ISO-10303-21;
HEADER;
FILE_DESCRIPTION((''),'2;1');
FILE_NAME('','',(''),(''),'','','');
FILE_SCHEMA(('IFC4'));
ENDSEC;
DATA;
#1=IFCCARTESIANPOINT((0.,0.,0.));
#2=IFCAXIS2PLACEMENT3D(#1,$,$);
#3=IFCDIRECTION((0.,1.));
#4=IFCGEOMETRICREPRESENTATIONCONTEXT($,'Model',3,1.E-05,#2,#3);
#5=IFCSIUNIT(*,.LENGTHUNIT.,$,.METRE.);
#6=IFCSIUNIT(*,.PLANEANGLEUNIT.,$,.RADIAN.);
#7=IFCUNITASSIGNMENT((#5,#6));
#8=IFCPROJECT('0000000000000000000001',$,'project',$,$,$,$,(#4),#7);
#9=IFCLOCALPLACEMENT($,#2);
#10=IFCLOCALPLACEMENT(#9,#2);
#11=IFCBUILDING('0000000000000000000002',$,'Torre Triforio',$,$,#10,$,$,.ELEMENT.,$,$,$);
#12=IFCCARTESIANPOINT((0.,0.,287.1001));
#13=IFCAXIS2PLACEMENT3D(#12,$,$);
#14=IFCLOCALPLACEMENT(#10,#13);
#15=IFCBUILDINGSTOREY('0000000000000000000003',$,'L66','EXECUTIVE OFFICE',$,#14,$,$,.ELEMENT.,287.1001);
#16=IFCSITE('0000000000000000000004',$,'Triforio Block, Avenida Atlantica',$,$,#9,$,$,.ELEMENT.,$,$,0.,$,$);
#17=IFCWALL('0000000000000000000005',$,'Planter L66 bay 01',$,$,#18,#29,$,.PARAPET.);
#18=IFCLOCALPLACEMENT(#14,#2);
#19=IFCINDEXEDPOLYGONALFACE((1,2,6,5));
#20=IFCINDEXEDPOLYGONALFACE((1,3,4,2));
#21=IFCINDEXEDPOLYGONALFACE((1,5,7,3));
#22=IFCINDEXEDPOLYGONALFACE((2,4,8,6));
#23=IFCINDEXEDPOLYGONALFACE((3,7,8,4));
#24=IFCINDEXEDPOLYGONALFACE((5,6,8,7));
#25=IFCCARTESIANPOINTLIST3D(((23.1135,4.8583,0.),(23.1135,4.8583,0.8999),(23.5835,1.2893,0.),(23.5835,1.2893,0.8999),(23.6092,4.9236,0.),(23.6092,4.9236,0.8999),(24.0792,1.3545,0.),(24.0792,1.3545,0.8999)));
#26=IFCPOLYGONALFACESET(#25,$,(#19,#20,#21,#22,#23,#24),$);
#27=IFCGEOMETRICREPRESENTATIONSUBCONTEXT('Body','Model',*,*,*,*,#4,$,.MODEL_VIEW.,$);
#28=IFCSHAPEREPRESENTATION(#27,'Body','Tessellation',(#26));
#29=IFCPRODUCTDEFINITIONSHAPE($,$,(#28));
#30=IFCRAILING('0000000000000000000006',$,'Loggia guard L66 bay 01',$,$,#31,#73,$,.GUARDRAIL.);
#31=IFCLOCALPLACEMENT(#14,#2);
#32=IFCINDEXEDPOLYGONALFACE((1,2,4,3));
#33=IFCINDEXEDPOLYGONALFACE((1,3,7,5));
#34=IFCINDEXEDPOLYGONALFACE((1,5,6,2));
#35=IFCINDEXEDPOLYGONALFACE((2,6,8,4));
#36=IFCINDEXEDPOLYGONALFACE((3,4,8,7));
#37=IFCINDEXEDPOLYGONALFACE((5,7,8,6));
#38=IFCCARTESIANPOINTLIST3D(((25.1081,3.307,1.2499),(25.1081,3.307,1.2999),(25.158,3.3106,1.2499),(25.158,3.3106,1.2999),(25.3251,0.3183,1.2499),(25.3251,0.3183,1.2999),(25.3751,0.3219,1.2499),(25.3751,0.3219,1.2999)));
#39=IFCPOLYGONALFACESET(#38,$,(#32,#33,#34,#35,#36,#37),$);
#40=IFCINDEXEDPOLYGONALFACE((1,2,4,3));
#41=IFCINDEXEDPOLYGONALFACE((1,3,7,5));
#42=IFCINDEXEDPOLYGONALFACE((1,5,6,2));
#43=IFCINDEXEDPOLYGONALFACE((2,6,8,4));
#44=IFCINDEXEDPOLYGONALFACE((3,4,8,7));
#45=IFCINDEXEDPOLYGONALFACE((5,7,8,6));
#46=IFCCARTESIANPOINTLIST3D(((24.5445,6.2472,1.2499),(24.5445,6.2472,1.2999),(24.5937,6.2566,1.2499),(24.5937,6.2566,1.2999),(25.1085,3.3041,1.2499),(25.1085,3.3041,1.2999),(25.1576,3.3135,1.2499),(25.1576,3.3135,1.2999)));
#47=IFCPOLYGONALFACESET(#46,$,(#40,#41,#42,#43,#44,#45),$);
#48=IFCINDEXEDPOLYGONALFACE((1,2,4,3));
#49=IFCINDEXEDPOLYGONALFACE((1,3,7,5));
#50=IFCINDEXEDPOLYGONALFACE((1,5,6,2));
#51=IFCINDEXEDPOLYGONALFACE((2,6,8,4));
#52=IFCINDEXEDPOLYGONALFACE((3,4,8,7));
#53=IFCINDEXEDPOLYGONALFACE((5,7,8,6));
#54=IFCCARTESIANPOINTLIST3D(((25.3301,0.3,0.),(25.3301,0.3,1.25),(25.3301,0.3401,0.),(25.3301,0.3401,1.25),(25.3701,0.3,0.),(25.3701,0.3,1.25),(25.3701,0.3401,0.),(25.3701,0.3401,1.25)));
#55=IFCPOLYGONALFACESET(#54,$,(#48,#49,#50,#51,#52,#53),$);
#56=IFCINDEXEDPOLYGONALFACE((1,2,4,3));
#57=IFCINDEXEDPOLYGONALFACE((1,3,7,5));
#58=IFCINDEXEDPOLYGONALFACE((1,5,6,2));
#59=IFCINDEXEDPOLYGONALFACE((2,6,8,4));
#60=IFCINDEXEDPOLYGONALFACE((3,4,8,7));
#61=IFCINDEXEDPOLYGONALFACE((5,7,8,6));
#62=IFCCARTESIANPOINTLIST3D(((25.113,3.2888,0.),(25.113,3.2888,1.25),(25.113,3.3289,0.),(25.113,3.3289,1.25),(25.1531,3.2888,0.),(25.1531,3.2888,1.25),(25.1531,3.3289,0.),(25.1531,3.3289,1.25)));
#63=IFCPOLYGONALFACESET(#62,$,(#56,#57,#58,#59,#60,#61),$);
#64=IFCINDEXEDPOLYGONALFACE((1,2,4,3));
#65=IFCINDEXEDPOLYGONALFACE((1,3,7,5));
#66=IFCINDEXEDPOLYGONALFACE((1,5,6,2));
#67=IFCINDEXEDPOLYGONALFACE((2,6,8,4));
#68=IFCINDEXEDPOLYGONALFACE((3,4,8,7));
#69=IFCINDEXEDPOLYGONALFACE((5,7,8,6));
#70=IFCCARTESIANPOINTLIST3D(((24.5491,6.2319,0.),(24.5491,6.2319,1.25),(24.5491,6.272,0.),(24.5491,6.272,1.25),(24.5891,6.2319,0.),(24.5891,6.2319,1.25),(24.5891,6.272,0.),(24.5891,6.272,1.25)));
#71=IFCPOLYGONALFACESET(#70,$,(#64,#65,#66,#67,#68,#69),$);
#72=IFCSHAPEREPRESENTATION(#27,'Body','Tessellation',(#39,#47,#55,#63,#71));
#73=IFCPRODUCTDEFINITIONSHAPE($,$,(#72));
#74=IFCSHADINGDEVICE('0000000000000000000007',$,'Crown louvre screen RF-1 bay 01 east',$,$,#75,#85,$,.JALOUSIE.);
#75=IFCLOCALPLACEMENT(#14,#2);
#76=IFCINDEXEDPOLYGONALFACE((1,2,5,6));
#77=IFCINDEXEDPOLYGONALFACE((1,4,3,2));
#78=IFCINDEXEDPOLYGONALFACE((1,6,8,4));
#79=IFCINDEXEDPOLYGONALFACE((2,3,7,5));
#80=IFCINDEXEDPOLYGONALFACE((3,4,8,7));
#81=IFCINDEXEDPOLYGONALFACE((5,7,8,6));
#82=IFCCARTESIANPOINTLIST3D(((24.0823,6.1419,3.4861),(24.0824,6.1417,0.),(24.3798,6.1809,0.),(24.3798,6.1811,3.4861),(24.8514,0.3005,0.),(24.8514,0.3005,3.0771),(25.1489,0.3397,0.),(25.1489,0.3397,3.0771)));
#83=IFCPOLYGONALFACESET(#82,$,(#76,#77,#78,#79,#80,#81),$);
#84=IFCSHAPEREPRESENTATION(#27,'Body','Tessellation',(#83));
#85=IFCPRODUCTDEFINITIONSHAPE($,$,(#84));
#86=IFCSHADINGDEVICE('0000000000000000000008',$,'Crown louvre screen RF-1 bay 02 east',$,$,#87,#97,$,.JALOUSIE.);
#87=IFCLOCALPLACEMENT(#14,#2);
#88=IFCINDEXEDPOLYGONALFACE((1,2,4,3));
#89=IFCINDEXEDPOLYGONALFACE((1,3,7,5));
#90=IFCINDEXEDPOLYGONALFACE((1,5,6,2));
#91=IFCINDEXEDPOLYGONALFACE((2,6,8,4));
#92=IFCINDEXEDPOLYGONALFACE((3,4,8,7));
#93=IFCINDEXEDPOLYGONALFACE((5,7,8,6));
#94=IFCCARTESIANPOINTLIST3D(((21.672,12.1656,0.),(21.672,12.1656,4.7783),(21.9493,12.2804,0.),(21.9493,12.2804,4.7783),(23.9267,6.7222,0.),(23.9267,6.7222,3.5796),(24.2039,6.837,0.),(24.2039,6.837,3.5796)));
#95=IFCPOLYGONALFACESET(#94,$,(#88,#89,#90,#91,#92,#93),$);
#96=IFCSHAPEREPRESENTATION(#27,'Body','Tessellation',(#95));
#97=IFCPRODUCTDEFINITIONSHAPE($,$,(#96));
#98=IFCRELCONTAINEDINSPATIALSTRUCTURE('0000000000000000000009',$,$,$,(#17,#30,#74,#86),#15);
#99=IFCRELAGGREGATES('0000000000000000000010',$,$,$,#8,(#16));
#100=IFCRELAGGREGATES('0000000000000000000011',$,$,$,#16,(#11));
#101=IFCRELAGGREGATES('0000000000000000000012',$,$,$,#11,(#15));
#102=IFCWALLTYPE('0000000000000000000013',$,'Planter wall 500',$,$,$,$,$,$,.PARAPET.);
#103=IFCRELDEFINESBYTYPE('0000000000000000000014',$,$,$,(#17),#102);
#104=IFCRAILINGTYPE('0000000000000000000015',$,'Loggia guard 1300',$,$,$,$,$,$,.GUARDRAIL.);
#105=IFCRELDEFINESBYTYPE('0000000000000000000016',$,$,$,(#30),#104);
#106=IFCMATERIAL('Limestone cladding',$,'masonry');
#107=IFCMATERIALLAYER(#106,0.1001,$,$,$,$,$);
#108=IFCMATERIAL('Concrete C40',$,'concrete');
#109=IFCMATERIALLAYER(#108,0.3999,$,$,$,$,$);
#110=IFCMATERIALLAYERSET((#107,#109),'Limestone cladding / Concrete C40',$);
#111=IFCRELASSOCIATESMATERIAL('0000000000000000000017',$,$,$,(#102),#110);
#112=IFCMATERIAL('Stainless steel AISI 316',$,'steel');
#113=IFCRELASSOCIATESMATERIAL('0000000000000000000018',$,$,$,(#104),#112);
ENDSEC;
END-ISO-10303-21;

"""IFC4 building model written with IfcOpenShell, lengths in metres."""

from ifc_helpers import new_model, si_unit, direction, frame, frame_2d, origin, origin_2d, place, context, subcontext, project, spatial, polyline, rectangle, outline, extrude, material, layer, layer_set, type_object, element, save


model = new_model("IFC4")

# Units and contexts
model_context = context("Model", 3, precision=1e-05, world=origin(), true_north=direction((0.0, 1.0)))
body_context = subcontext(model_context, "Body", "Model", "MODEL_VIEW")
ifc_project = project(units=[si_unit("LENGTHUNIT", "METRE"), si_unit("PLANEANGLEUNIT", "RADIAN")], contexts=[model_context])

# Site, building, storey
site_placement = place(None, origin())
site = spatial("IfcSite", under=ifc_project, at=site_placement, Name="Triforio Block, Avenida Atlantica", CompositionType="ELEMENT", RefElevation=0.0)
building_placement = place(site_placement, origin())
building = spatial("IfcBuilding", under=site, at=building_placement, Name="Torre Triforio", CompositionType="ELEMENT")
storey_placement = place(building_placement, frame((0.0, 0.0, 287.1001)))
storey = spatial("IfcBuildingStorey", under=building, at=storey_placement, Name="L66", Description="EXECUTIVE OFFICE", CompositionType="ELEMENT", Elevation=287.1001)

# Shared definitions
ifc_material_1 = material(Name="Concrete C40", Category="concrete")

# Wall
ifc_material_2 = material(Name="Limestone cladding", Category="masonry")
ifc_layer_1 = layer(ifc_material_2, 0.1001)
ifc_layer_2 = layer(ifc_material_1, 0.3999)
ifc_layer_set_1 = layer_set([ifc_layer_1, ifc_layer_2], Name="Limestone cladding / Concrete C40")
wall_type_1 = type_object("IfcWallType", Name="Planter wall 500", PredefinedType="PARAPET", material=ifc_layer_set_1)
wall_1_placement = place(storey_placement, frame((23.8313, 1.322, 0.0), z_axis=(0.0, 0.0, 1.0), x_axis=(-0.130551, 0.991442, 0.0)))
element("IfcWall", 1, at=wall_1_placement, inside=storey, type_object=wall_type_1, Name="Planter L66 bay 01", PredefinedType="PARAPET", context=body_context, shape_type="SweptSolid", body=[
    extrude(rectangle(XDim=3.5999, YDim=0.5, at=frame_2d((1.7998, 0.0))), origin(), (0.0, 0.0, 1.0), 0.8999),
])

# Railing
ifc_material_3 = material(Name="Stainless steel AISI 316", Category="steel")
railing_type = type_object("IfcRailingType", Name="Loggia guard 1300", PredefinedType="GUARDRAIL", material=ifc_material_3)
railing_placement = place(storey_placement, frame((25.3501, 0.3201, 0.0)))
element("IfcRailing", 2, at=railing_placement, inside=storey, type_object=railing_type, Name="Loggia guard L66 bay 01", PredefinedType="GUARDRAIL", context=body_context, shape_type="SweptSolid", body=[
    extrude(rectangle(XDim=0.05, YDim=0.05, at=origin_2d()), frame((0.0, 0.0, 1.2749), z_axis=(-0.072428, 0.997374, 0.0), x_axis=(-0.997374, -0.072428, 0.0)), (0.0, 0.0, 1.0), 2.9966),
    extrude(rectangle(XDim=0.05, YDim=0.05, at=origin_2d()), frame((-0.217, 2.9888, 1.2749), z_axis=(-0.188198, 0.982131, 0.0), x_axis=(-0.982131, -0.188198, 0.0)), (0.0, 0.0, 1.0), 2.9966),
    extrude(rectangle(XDim=0.04, YDim=0.04, at=origin_2d()), origin(), (0.0, 0.0, 1.0), 1.25),
    extrude(rectangle(XDim=0.04, YDim=0.04, at=origin_2d()), frame((-0.217, 2.9888, 0.0)), (0.0, 0.0, 1.0), 1.25),
    extrude(rectangle(XDim=0.04, YDim=0.04, at=origin_2d()), frame((-0.781, 5.9319, 0.0)), (0.0, 0.0, 1.0), 1.25),
])

# Shading devices
shading_device_1_placement = place(storey_placement, frame((25.0, 0.3201, 0.0), z_axis=(0.0, 0.0, 1.0), x_axis=(-0.13053, 0.991444, 0.0)))
element("IfcShadingDevice", 3, at=shading_device_1_placement, inside=storey, Name="Crown louvre screen RF-1 bay 01 east", PredefinedType="JALOUSIE", context=body_context, shape_type="SweptSolid", body=[
    extrude(outline(polyline([(0.0, 0.0), (5.8916, 0.0), (5.8918, 3.4861), (0.0, 3.0771), (0.0, 0.0)])), frame((0.0, 0.1499, 0.0), z_axis=(0.0, -1.0, 0.0), x_axis=(1.0, 0.0, 0.0)), (0.0, 0.0, 1.0), 0.3),
])
shading_device_2_placement = place(storey_placement, frame((24.0652, 6.7795, 0.0), z_axis=(0.0, 0.0, 1.0), x_axis=(-0.382673, 0.923884, 0.0)))
element("IfcShadingDevice", 4, at=shading_device_2_placement, inside=storey, Name="Crown louvre screen RF-1 bay 02 east", PredefinedType="JALOUSIE", context=body_context, shape_type="SweptSolid", body=[
    extrude(outline(polyline([(0.0, 0.0), (5.8918, 0.0), (5.8918, 4.7783), (0.0, 3.5796), (0.0, 0.0)])), frame((0.0, 0.1499, 0.0), z_axis=(0.0, -1.0, 0.0), x_axis=(1.0, 0.0, 0.0)), (0.0, 0.0, 1.0), 0.3),
])

save(model, "model.ifc")
